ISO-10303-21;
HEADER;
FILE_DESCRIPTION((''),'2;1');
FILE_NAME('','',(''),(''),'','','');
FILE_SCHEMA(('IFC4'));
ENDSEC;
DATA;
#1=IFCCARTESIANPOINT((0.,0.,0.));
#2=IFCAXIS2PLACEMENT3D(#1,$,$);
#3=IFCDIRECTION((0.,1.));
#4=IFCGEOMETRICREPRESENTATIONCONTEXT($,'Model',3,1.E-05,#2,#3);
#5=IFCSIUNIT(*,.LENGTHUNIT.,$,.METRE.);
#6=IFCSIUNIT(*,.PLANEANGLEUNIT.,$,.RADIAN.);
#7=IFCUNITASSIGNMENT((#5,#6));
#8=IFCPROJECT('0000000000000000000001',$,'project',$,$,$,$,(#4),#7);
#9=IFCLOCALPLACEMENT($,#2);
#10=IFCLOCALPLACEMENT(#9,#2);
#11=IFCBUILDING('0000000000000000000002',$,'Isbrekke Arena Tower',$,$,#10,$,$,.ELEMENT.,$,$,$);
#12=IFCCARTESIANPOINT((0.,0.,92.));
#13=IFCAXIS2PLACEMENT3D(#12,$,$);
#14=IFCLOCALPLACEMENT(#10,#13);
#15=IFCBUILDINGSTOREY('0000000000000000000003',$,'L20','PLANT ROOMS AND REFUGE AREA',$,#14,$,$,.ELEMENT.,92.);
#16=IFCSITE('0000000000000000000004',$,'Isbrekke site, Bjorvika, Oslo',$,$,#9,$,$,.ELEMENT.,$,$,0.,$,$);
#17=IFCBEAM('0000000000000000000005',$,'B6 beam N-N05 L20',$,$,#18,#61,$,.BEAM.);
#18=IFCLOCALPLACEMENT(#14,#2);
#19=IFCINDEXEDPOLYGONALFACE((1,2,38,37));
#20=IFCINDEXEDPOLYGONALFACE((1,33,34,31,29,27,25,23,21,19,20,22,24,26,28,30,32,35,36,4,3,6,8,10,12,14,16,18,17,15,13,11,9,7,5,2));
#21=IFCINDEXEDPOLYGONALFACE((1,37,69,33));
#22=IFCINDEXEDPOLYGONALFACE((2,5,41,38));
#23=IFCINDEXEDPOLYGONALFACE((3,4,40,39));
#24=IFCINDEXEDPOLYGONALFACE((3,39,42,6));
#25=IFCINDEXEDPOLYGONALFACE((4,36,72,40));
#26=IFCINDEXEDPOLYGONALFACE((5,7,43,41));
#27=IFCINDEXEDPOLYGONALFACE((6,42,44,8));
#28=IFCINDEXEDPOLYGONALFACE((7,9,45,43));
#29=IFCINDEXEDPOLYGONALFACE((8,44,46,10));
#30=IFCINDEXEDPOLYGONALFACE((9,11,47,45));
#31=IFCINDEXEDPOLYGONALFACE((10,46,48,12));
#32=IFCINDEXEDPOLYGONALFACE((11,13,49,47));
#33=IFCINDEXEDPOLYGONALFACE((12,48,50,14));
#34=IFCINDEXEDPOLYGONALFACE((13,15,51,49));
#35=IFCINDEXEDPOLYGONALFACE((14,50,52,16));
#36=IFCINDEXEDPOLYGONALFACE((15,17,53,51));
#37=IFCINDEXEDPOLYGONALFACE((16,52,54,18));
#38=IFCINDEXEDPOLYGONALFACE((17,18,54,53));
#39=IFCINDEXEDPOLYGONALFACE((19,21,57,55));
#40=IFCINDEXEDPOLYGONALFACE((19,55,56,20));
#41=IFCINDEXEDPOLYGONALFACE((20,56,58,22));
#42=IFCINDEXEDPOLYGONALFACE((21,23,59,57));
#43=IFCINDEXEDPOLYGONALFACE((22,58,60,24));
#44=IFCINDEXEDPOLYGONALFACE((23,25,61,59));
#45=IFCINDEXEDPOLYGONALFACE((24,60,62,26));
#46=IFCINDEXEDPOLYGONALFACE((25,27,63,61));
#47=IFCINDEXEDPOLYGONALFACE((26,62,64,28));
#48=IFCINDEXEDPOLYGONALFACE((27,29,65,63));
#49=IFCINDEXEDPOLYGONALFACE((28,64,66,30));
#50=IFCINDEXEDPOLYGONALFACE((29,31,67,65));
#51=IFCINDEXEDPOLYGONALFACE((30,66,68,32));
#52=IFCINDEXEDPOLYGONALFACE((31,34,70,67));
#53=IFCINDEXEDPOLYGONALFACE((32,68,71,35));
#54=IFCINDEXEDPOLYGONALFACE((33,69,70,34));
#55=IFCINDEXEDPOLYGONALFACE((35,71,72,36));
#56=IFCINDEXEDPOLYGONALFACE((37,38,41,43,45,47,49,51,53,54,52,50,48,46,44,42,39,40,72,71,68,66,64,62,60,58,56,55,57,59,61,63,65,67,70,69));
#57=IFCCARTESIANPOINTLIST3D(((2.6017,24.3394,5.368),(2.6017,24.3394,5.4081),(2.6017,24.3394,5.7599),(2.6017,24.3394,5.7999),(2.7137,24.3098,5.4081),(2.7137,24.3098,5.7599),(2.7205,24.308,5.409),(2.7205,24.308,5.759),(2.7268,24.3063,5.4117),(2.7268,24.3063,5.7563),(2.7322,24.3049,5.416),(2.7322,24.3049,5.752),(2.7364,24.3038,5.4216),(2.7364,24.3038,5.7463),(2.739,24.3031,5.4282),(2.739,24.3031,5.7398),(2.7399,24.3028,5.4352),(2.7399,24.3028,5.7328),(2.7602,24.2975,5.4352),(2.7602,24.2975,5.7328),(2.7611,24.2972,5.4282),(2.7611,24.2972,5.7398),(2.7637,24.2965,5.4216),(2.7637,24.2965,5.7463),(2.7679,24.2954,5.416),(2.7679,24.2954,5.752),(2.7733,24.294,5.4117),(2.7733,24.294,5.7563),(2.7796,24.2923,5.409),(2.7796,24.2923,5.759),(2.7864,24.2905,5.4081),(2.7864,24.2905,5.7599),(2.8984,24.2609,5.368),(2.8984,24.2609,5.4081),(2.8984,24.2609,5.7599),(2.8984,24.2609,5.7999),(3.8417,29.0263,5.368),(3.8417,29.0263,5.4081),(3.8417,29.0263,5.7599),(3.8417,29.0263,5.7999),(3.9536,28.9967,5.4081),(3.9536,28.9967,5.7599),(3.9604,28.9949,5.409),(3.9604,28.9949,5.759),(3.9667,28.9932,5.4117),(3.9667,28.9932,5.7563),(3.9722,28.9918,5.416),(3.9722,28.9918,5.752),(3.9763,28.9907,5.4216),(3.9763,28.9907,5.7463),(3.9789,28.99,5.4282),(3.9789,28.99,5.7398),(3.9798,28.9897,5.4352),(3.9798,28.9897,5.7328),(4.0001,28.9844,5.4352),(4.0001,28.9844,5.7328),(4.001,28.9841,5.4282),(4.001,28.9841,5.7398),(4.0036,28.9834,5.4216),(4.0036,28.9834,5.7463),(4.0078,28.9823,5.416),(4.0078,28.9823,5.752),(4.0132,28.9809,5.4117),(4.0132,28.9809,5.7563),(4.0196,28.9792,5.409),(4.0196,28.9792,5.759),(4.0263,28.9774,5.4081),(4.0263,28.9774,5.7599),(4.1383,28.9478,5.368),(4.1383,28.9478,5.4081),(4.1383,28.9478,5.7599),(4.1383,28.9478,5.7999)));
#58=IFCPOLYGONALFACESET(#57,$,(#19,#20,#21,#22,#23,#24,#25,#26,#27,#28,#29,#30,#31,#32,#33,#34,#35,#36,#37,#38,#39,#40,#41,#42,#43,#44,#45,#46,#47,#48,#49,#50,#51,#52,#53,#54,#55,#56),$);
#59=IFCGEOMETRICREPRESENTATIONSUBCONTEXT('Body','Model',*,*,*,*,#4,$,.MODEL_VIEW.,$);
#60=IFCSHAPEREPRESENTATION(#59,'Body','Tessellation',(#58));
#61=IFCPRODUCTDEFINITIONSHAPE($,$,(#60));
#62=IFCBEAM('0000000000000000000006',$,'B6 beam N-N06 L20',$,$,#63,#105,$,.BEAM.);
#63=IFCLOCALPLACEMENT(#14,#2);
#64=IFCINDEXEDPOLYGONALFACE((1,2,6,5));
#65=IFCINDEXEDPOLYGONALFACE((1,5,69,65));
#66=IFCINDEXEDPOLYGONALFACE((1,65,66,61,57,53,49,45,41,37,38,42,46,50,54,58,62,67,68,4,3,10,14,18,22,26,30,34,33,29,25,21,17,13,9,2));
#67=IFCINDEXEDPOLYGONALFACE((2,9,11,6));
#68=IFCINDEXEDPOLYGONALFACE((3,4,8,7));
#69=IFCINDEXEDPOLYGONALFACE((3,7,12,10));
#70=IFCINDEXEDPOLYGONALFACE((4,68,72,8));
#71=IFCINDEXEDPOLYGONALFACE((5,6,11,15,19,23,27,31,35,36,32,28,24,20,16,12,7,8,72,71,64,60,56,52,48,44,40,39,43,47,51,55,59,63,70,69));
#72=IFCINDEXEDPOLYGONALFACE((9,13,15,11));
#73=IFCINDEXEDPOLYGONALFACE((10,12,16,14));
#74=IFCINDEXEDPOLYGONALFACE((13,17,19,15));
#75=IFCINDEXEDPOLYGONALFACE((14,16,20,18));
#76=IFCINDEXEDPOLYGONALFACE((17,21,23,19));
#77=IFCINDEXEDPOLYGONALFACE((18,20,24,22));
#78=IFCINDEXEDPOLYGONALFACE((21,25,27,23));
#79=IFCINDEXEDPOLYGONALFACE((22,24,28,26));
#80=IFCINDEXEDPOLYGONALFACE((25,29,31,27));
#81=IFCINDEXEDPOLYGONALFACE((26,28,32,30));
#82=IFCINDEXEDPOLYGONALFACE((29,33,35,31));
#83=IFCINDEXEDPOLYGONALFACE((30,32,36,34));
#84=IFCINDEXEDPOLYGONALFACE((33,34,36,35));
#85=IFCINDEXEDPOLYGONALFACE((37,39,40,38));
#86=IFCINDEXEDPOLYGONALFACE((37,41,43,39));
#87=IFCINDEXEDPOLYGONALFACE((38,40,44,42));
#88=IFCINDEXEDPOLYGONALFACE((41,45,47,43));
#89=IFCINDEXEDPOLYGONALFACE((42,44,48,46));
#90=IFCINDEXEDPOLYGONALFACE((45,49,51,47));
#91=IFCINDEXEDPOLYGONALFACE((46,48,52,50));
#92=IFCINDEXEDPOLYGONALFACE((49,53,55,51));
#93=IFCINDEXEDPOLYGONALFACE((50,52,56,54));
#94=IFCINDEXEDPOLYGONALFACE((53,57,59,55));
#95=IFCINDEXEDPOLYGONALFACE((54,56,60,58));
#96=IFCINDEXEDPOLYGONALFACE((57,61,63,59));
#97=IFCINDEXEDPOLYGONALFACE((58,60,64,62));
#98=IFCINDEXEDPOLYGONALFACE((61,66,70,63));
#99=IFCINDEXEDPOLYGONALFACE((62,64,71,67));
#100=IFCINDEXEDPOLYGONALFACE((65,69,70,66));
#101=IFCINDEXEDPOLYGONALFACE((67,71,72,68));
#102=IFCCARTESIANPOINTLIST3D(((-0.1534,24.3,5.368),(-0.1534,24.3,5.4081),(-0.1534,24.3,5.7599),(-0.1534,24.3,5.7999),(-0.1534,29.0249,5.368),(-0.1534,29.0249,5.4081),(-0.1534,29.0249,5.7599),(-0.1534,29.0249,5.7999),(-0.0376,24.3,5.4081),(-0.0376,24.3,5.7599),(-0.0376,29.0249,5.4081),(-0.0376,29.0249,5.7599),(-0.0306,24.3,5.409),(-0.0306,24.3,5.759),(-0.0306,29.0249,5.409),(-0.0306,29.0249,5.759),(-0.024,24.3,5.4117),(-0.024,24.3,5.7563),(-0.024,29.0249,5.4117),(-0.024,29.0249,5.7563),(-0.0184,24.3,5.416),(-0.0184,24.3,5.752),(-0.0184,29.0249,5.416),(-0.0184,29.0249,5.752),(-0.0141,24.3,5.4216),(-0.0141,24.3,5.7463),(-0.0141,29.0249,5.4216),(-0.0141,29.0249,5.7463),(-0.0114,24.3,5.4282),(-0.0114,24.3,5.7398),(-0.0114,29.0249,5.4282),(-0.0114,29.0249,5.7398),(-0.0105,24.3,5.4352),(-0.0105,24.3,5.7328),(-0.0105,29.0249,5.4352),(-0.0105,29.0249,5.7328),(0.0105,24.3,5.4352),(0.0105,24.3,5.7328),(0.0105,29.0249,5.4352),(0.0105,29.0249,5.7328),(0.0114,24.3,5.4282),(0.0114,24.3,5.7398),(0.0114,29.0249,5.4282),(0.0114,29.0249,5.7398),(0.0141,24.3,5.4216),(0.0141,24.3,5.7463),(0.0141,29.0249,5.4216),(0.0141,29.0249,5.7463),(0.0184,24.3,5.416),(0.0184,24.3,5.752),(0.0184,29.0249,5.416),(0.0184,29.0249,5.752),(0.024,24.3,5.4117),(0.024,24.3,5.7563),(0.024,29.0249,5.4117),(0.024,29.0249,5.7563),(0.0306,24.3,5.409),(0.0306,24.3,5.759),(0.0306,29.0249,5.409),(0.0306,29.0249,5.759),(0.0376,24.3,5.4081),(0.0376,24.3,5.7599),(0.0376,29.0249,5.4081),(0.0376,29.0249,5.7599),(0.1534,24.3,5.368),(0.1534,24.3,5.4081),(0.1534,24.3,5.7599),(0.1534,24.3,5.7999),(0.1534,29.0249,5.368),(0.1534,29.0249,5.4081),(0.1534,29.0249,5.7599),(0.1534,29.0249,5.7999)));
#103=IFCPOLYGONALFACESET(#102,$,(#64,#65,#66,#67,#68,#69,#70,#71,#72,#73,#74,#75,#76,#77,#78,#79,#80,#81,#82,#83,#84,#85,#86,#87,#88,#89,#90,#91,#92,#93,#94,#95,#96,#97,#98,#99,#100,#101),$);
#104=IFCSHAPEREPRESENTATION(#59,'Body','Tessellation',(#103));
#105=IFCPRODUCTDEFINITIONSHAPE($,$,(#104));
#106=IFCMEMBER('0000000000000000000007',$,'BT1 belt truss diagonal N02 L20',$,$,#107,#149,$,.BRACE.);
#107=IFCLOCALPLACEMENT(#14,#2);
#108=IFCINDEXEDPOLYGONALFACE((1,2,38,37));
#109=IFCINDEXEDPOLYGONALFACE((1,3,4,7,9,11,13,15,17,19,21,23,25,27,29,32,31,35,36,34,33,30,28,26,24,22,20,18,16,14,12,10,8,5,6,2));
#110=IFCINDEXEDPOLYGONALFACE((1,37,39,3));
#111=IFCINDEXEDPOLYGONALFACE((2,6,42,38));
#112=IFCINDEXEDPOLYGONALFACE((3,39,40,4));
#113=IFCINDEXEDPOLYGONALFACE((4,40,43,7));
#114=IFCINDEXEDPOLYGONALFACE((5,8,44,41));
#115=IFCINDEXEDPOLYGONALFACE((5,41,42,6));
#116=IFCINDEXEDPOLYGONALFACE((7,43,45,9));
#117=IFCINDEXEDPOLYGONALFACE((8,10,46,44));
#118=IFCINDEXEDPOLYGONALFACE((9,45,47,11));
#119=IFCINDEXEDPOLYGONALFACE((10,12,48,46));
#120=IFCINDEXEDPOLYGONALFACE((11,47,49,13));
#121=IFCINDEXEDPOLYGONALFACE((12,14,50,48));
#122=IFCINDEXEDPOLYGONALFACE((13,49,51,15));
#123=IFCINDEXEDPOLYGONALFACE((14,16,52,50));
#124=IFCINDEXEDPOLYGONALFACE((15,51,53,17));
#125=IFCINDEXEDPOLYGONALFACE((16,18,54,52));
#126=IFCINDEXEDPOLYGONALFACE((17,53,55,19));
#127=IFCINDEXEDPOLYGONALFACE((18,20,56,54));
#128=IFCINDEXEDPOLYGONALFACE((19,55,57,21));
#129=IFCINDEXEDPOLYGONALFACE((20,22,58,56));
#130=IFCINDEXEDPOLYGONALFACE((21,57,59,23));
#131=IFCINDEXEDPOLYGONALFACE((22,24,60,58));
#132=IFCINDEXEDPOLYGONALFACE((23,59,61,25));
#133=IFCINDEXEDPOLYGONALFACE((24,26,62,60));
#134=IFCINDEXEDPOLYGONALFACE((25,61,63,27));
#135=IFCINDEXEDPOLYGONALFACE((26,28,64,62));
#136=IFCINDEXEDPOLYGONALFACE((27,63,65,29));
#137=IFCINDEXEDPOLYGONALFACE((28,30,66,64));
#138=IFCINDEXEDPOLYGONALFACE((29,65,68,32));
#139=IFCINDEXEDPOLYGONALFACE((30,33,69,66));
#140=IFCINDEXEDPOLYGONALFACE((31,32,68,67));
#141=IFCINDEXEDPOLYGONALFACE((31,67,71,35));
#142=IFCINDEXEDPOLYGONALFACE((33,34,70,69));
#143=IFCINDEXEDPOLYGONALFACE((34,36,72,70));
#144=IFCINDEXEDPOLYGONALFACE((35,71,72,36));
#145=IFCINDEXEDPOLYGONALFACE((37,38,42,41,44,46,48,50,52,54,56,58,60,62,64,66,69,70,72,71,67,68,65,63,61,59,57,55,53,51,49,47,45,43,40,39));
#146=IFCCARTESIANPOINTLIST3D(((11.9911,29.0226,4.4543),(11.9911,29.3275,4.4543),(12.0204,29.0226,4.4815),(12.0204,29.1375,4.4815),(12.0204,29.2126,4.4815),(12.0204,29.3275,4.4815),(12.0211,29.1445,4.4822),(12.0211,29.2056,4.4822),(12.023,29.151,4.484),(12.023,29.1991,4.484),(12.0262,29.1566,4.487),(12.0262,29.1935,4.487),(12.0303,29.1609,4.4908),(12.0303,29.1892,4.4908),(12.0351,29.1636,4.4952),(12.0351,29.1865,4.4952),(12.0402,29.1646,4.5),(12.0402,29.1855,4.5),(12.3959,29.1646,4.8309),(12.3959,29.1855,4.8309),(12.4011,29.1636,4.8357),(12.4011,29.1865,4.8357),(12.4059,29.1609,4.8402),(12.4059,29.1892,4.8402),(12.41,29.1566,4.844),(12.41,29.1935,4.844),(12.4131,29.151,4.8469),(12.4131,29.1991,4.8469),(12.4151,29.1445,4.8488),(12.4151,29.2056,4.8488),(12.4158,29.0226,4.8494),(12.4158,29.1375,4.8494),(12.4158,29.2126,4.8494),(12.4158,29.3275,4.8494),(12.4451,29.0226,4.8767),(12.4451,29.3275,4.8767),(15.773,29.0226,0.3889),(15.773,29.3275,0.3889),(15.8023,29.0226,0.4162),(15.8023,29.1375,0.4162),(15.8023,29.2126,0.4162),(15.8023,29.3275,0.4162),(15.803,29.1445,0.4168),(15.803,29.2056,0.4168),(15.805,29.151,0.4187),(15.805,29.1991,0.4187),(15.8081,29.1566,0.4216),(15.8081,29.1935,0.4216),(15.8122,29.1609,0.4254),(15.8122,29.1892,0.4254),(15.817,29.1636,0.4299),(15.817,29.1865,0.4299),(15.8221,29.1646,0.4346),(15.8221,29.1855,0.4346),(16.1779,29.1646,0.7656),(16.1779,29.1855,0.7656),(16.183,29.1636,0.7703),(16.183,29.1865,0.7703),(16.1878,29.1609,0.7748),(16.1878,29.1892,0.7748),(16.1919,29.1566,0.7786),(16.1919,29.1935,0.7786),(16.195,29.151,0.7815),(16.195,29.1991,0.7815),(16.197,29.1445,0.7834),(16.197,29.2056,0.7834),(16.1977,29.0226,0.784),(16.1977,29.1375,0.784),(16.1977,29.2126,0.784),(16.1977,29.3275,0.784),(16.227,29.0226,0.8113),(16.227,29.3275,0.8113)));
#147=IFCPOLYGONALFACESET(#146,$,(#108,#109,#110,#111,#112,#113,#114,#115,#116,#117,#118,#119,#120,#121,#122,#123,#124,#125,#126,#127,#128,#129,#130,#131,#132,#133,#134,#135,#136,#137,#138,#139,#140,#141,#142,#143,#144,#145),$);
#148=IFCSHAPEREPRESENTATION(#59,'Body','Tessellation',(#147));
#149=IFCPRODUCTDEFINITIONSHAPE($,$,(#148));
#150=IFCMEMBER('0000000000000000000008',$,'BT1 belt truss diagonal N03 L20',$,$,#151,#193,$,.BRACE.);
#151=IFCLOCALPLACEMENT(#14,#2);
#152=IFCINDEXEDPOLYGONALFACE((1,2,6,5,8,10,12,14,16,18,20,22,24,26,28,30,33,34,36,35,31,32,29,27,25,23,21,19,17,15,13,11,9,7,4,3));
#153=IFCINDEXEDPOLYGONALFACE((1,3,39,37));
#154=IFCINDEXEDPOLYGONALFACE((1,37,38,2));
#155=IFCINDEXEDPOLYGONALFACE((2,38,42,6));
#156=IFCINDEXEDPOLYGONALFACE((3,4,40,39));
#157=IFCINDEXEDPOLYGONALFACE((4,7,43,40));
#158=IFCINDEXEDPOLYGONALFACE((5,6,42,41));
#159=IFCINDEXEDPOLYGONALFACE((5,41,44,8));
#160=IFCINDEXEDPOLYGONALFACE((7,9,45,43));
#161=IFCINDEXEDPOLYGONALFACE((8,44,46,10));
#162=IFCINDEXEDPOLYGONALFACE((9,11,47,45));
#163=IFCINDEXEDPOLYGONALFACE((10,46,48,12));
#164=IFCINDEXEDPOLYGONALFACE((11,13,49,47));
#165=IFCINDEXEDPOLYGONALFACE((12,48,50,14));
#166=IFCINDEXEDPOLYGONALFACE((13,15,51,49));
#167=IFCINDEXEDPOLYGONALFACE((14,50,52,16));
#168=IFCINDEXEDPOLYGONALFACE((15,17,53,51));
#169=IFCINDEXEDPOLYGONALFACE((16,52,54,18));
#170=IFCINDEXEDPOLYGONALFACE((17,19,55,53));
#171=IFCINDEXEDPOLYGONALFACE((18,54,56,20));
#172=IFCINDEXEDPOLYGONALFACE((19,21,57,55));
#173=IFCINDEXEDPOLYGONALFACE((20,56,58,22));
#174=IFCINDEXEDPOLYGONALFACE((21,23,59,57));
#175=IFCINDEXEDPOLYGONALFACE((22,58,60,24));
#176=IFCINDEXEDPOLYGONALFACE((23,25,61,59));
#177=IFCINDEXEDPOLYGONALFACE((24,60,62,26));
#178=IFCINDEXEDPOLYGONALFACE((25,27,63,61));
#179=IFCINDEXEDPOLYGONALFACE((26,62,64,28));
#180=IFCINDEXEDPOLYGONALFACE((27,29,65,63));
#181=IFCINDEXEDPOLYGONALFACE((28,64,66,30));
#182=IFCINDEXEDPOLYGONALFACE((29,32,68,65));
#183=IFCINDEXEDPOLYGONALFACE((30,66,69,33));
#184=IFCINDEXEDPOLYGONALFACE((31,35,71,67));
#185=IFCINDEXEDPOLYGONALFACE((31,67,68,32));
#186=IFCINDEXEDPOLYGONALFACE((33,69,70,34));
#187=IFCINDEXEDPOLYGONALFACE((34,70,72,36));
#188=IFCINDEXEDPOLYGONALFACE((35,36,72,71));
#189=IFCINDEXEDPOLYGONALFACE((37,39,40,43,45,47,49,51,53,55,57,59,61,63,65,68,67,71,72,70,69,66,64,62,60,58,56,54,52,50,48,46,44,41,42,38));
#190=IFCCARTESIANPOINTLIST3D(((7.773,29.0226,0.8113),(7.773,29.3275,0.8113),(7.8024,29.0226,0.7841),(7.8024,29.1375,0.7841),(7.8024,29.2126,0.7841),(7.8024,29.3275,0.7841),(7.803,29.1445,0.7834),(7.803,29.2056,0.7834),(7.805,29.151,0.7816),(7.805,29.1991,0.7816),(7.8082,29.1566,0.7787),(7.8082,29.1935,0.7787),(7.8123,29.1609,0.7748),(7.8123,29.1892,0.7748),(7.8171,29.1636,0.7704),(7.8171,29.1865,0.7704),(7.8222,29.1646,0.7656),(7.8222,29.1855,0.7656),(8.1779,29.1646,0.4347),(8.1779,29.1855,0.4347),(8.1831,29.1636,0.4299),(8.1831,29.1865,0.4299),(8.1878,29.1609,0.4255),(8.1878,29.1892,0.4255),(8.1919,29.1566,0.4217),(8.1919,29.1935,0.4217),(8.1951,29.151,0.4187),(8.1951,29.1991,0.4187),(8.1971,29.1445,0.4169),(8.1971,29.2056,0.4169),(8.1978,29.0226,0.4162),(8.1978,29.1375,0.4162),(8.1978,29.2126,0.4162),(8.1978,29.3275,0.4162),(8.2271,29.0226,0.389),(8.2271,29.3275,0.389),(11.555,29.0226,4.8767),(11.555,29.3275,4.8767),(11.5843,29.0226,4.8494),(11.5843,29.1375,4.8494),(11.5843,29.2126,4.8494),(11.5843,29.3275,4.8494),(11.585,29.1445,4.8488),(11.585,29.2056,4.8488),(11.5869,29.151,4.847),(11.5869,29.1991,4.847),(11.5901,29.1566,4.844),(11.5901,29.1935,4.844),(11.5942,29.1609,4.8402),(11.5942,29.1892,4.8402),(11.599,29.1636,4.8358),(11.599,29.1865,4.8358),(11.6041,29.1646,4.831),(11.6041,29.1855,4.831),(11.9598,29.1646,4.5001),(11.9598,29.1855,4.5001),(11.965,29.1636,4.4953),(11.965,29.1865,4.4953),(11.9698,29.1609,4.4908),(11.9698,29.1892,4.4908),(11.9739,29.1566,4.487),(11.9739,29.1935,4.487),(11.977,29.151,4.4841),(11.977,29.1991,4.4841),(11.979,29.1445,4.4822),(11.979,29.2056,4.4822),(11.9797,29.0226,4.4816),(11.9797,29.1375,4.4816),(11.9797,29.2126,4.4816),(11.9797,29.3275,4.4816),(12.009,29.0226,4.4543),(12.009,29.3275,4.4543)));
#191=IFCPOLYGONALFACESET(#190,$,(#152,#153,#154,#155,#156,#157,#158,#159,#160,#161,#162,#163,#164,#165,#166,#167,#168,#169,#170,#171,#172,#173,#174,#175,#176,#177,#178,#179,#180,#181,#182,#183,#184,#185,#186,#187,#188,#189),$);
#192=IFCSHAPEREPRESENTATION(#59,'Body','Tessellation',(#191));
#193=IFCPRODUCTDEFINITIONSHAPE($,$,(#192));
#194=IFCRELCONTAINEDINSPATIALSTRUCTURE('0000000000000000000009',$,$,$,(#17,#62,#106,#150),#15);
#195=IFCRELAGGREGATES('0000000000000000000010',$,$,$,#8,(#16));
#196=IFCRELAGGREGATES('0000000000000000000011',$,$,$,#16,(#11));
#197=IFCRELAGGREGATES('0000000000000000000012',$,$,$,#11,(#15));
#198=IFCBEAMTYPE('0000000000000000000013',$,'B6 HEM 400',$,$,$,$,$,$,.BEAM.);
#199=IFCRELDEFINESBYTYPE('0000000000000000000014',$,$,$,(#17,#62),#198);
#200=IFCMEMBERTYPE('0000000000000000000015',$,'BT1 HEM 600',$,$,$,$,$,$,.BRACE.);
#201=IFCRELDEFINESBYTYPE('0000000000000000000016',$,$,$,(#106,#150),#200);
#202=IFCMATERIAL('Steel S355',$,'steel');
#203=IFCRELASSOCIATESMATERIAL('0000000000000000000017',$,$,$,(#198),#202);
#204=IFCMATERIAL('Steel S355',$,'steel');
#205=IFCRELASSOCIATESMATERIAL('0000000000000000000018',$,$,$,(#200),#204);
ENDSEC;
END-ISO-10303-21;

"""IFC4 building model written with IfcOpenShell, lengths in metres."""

from ifc_helpers import new_model, si_unit, direction, frame, origin, origin_2d, place, context, subcontext, project, spatial, i_section, extrude, material, material_profile, profile_set, type_object, element, save


model = new_model("IFC4")

# Units and contexts
model_context = context("Model", 3, precision=1e-05, world=origin(), true_north=direction((0.0, 1.0)))
body_context = subcontext(model_context, "Body", "Model", "MODEL_VIEW")
ifc_project = project(units=[si_unit("LENGTHUNIT", "METRE"), si_unit("PLANEANGLEUNIT", "RADIAN")], contexts=[model_context])

# Site, building, storey
site_placement = place(None, origin())
site = spatial("IfcSite", under=ifc_project, at=site_placement, Name="Isbrekke site, Bjorvika, Oslo", CompositionType="ELEMENT", RefElevation=0.0)
building_placement = place(site_placement, origin())
building = spatial("IfcBuilding", under=site, at=building_placement, Name="Isbrekke Arena Tower", CompositionType="ELEMENT")
storey_placement = place(building_placement, frame((0.0, 0.0, 92.0)))
storey = spatial("IfcBuildingStorey", under=building, at=storey_placement, Name="L20", Description="PLANT ROOMS AND REFUGE AREA", CompositionType="ELEMENT", Elevation=92.0)

# Beams
ifc_material_1 = material(Name="Steel S355", Category="steel")
ifc_material_profile_1 = material_profile(ifc_material_1, i_section(OverallWidth=0.3069, OverallDepth=0.4319, WebThickness=0.021, FlangeThickness=0.04, FilletRadius=0.0271, at=origin_2d()), Name="HEM 400")
ifc_profile_set_1 = profile_set([ifc_material_profile_1], Name="Steel S355")
beam_type_1 = type_object("IfcBeamType", Name="B6 HEM 400", PredefinedType="BEAM", material=ifc_profile_set_1)
beam_1_placement = place(storey_placement, frame((3.99, 28.9871, 5.584), z_axis=(-0.25576, -0.96674, 0.0), x_axis=(0.96674, -0.25576, 0.0)))
element("IfcBeam", 1, at=beam_1_placement, inside=storey, type_object=beam_type_1, Name="B6 beam N-N05 L20", PredefinedType="BEAM", context=body_context, shape_type="SweptSolid", body=[
    extrude(i_section(OverallWidth=0.3069, OverallDepth=0.4319, WebThickness=0.021, FlangeThickness=0.04, FilletRadius=0.0271, at=origin_2d()), origin(), (0.0, 0.0, 1.0), 4.8481),
])
beam_2_placement = place(storey_placement, frame((0.0, 29.0249, 5.584), z_axis=(0.0, -1.0, 0.0), x_axis=(1.0, 0.0, 0.0)))
element("IfcBeam", 2, at=beam_2_placement, inside=storey, type_object=beam_type_1, Name="B6 beam N-N06 L20", PredefinedType="BEAM", context=body_context, shape_type="SweptSolid", body=[
    extrude(i_section(OverallWidth=0.3069, OverallDepth=0.4319, WebThickness=0.021, FlangeThickness=0.04, FilletRadius=0.0271, at=origin_2d()), origin(), (0.0, 0.0, 1.0), 4.7249),
])

# Members
ifc_material_2 = material(Name="Steel S355", Category="steel")
ifc_material_profile_2 = material_profile(ifc_material_2, i_section(OverallWidth=0.3049, OverallDepth=0.6201, WebThickness=0.021, FlangeThickness=0.04, FilletRadius=0.0271, at=origin_2d()), Name="HEM 600")
ifc_profile_set_2 = profile_set([ifc_material_profile_2], Name="Steel S355")
member_type_1 = type_object("IfcMemberType", Name="BT1 HEM 600", PredefinedType="BRACE", material=ifc_profile_set_2)
for number, where, z_axis, x_axis, name in (
    (3, (16.0, 29.175, 0.6001), (-0.681122, 0.0, 0.73217), (0.0, -1.0, 0.0), "BT1 belt truss diagonal N02 L20"),
    (4, (11.782, 29.175, 4.6655), (-0.681122, 0.0, -0.73217), (0.0, -1.0, 0.0), "BT1 belt truss diagonal N03 L20"),
):
    element("IfcMember", number, at=place(storey_placement, frame(where, z_axis=z_axis, x_axis=x_axis)), inside=storey, type_object=member_type_1, Name=name, PredefinedType="BRACE", context=body_context, shape_type="SweptSolid", body=[
        extrude(i_section(OverallWidth=0.3049, OverallDepth=0.6201, WebThickness=0.021, FlangeThickness=0.04, FilletRadius=0.0271, at=origin_2d()), origin(), (0.0, 0.0, 1.0), 5.5525),
    ])

save(model, "model.ifc")
